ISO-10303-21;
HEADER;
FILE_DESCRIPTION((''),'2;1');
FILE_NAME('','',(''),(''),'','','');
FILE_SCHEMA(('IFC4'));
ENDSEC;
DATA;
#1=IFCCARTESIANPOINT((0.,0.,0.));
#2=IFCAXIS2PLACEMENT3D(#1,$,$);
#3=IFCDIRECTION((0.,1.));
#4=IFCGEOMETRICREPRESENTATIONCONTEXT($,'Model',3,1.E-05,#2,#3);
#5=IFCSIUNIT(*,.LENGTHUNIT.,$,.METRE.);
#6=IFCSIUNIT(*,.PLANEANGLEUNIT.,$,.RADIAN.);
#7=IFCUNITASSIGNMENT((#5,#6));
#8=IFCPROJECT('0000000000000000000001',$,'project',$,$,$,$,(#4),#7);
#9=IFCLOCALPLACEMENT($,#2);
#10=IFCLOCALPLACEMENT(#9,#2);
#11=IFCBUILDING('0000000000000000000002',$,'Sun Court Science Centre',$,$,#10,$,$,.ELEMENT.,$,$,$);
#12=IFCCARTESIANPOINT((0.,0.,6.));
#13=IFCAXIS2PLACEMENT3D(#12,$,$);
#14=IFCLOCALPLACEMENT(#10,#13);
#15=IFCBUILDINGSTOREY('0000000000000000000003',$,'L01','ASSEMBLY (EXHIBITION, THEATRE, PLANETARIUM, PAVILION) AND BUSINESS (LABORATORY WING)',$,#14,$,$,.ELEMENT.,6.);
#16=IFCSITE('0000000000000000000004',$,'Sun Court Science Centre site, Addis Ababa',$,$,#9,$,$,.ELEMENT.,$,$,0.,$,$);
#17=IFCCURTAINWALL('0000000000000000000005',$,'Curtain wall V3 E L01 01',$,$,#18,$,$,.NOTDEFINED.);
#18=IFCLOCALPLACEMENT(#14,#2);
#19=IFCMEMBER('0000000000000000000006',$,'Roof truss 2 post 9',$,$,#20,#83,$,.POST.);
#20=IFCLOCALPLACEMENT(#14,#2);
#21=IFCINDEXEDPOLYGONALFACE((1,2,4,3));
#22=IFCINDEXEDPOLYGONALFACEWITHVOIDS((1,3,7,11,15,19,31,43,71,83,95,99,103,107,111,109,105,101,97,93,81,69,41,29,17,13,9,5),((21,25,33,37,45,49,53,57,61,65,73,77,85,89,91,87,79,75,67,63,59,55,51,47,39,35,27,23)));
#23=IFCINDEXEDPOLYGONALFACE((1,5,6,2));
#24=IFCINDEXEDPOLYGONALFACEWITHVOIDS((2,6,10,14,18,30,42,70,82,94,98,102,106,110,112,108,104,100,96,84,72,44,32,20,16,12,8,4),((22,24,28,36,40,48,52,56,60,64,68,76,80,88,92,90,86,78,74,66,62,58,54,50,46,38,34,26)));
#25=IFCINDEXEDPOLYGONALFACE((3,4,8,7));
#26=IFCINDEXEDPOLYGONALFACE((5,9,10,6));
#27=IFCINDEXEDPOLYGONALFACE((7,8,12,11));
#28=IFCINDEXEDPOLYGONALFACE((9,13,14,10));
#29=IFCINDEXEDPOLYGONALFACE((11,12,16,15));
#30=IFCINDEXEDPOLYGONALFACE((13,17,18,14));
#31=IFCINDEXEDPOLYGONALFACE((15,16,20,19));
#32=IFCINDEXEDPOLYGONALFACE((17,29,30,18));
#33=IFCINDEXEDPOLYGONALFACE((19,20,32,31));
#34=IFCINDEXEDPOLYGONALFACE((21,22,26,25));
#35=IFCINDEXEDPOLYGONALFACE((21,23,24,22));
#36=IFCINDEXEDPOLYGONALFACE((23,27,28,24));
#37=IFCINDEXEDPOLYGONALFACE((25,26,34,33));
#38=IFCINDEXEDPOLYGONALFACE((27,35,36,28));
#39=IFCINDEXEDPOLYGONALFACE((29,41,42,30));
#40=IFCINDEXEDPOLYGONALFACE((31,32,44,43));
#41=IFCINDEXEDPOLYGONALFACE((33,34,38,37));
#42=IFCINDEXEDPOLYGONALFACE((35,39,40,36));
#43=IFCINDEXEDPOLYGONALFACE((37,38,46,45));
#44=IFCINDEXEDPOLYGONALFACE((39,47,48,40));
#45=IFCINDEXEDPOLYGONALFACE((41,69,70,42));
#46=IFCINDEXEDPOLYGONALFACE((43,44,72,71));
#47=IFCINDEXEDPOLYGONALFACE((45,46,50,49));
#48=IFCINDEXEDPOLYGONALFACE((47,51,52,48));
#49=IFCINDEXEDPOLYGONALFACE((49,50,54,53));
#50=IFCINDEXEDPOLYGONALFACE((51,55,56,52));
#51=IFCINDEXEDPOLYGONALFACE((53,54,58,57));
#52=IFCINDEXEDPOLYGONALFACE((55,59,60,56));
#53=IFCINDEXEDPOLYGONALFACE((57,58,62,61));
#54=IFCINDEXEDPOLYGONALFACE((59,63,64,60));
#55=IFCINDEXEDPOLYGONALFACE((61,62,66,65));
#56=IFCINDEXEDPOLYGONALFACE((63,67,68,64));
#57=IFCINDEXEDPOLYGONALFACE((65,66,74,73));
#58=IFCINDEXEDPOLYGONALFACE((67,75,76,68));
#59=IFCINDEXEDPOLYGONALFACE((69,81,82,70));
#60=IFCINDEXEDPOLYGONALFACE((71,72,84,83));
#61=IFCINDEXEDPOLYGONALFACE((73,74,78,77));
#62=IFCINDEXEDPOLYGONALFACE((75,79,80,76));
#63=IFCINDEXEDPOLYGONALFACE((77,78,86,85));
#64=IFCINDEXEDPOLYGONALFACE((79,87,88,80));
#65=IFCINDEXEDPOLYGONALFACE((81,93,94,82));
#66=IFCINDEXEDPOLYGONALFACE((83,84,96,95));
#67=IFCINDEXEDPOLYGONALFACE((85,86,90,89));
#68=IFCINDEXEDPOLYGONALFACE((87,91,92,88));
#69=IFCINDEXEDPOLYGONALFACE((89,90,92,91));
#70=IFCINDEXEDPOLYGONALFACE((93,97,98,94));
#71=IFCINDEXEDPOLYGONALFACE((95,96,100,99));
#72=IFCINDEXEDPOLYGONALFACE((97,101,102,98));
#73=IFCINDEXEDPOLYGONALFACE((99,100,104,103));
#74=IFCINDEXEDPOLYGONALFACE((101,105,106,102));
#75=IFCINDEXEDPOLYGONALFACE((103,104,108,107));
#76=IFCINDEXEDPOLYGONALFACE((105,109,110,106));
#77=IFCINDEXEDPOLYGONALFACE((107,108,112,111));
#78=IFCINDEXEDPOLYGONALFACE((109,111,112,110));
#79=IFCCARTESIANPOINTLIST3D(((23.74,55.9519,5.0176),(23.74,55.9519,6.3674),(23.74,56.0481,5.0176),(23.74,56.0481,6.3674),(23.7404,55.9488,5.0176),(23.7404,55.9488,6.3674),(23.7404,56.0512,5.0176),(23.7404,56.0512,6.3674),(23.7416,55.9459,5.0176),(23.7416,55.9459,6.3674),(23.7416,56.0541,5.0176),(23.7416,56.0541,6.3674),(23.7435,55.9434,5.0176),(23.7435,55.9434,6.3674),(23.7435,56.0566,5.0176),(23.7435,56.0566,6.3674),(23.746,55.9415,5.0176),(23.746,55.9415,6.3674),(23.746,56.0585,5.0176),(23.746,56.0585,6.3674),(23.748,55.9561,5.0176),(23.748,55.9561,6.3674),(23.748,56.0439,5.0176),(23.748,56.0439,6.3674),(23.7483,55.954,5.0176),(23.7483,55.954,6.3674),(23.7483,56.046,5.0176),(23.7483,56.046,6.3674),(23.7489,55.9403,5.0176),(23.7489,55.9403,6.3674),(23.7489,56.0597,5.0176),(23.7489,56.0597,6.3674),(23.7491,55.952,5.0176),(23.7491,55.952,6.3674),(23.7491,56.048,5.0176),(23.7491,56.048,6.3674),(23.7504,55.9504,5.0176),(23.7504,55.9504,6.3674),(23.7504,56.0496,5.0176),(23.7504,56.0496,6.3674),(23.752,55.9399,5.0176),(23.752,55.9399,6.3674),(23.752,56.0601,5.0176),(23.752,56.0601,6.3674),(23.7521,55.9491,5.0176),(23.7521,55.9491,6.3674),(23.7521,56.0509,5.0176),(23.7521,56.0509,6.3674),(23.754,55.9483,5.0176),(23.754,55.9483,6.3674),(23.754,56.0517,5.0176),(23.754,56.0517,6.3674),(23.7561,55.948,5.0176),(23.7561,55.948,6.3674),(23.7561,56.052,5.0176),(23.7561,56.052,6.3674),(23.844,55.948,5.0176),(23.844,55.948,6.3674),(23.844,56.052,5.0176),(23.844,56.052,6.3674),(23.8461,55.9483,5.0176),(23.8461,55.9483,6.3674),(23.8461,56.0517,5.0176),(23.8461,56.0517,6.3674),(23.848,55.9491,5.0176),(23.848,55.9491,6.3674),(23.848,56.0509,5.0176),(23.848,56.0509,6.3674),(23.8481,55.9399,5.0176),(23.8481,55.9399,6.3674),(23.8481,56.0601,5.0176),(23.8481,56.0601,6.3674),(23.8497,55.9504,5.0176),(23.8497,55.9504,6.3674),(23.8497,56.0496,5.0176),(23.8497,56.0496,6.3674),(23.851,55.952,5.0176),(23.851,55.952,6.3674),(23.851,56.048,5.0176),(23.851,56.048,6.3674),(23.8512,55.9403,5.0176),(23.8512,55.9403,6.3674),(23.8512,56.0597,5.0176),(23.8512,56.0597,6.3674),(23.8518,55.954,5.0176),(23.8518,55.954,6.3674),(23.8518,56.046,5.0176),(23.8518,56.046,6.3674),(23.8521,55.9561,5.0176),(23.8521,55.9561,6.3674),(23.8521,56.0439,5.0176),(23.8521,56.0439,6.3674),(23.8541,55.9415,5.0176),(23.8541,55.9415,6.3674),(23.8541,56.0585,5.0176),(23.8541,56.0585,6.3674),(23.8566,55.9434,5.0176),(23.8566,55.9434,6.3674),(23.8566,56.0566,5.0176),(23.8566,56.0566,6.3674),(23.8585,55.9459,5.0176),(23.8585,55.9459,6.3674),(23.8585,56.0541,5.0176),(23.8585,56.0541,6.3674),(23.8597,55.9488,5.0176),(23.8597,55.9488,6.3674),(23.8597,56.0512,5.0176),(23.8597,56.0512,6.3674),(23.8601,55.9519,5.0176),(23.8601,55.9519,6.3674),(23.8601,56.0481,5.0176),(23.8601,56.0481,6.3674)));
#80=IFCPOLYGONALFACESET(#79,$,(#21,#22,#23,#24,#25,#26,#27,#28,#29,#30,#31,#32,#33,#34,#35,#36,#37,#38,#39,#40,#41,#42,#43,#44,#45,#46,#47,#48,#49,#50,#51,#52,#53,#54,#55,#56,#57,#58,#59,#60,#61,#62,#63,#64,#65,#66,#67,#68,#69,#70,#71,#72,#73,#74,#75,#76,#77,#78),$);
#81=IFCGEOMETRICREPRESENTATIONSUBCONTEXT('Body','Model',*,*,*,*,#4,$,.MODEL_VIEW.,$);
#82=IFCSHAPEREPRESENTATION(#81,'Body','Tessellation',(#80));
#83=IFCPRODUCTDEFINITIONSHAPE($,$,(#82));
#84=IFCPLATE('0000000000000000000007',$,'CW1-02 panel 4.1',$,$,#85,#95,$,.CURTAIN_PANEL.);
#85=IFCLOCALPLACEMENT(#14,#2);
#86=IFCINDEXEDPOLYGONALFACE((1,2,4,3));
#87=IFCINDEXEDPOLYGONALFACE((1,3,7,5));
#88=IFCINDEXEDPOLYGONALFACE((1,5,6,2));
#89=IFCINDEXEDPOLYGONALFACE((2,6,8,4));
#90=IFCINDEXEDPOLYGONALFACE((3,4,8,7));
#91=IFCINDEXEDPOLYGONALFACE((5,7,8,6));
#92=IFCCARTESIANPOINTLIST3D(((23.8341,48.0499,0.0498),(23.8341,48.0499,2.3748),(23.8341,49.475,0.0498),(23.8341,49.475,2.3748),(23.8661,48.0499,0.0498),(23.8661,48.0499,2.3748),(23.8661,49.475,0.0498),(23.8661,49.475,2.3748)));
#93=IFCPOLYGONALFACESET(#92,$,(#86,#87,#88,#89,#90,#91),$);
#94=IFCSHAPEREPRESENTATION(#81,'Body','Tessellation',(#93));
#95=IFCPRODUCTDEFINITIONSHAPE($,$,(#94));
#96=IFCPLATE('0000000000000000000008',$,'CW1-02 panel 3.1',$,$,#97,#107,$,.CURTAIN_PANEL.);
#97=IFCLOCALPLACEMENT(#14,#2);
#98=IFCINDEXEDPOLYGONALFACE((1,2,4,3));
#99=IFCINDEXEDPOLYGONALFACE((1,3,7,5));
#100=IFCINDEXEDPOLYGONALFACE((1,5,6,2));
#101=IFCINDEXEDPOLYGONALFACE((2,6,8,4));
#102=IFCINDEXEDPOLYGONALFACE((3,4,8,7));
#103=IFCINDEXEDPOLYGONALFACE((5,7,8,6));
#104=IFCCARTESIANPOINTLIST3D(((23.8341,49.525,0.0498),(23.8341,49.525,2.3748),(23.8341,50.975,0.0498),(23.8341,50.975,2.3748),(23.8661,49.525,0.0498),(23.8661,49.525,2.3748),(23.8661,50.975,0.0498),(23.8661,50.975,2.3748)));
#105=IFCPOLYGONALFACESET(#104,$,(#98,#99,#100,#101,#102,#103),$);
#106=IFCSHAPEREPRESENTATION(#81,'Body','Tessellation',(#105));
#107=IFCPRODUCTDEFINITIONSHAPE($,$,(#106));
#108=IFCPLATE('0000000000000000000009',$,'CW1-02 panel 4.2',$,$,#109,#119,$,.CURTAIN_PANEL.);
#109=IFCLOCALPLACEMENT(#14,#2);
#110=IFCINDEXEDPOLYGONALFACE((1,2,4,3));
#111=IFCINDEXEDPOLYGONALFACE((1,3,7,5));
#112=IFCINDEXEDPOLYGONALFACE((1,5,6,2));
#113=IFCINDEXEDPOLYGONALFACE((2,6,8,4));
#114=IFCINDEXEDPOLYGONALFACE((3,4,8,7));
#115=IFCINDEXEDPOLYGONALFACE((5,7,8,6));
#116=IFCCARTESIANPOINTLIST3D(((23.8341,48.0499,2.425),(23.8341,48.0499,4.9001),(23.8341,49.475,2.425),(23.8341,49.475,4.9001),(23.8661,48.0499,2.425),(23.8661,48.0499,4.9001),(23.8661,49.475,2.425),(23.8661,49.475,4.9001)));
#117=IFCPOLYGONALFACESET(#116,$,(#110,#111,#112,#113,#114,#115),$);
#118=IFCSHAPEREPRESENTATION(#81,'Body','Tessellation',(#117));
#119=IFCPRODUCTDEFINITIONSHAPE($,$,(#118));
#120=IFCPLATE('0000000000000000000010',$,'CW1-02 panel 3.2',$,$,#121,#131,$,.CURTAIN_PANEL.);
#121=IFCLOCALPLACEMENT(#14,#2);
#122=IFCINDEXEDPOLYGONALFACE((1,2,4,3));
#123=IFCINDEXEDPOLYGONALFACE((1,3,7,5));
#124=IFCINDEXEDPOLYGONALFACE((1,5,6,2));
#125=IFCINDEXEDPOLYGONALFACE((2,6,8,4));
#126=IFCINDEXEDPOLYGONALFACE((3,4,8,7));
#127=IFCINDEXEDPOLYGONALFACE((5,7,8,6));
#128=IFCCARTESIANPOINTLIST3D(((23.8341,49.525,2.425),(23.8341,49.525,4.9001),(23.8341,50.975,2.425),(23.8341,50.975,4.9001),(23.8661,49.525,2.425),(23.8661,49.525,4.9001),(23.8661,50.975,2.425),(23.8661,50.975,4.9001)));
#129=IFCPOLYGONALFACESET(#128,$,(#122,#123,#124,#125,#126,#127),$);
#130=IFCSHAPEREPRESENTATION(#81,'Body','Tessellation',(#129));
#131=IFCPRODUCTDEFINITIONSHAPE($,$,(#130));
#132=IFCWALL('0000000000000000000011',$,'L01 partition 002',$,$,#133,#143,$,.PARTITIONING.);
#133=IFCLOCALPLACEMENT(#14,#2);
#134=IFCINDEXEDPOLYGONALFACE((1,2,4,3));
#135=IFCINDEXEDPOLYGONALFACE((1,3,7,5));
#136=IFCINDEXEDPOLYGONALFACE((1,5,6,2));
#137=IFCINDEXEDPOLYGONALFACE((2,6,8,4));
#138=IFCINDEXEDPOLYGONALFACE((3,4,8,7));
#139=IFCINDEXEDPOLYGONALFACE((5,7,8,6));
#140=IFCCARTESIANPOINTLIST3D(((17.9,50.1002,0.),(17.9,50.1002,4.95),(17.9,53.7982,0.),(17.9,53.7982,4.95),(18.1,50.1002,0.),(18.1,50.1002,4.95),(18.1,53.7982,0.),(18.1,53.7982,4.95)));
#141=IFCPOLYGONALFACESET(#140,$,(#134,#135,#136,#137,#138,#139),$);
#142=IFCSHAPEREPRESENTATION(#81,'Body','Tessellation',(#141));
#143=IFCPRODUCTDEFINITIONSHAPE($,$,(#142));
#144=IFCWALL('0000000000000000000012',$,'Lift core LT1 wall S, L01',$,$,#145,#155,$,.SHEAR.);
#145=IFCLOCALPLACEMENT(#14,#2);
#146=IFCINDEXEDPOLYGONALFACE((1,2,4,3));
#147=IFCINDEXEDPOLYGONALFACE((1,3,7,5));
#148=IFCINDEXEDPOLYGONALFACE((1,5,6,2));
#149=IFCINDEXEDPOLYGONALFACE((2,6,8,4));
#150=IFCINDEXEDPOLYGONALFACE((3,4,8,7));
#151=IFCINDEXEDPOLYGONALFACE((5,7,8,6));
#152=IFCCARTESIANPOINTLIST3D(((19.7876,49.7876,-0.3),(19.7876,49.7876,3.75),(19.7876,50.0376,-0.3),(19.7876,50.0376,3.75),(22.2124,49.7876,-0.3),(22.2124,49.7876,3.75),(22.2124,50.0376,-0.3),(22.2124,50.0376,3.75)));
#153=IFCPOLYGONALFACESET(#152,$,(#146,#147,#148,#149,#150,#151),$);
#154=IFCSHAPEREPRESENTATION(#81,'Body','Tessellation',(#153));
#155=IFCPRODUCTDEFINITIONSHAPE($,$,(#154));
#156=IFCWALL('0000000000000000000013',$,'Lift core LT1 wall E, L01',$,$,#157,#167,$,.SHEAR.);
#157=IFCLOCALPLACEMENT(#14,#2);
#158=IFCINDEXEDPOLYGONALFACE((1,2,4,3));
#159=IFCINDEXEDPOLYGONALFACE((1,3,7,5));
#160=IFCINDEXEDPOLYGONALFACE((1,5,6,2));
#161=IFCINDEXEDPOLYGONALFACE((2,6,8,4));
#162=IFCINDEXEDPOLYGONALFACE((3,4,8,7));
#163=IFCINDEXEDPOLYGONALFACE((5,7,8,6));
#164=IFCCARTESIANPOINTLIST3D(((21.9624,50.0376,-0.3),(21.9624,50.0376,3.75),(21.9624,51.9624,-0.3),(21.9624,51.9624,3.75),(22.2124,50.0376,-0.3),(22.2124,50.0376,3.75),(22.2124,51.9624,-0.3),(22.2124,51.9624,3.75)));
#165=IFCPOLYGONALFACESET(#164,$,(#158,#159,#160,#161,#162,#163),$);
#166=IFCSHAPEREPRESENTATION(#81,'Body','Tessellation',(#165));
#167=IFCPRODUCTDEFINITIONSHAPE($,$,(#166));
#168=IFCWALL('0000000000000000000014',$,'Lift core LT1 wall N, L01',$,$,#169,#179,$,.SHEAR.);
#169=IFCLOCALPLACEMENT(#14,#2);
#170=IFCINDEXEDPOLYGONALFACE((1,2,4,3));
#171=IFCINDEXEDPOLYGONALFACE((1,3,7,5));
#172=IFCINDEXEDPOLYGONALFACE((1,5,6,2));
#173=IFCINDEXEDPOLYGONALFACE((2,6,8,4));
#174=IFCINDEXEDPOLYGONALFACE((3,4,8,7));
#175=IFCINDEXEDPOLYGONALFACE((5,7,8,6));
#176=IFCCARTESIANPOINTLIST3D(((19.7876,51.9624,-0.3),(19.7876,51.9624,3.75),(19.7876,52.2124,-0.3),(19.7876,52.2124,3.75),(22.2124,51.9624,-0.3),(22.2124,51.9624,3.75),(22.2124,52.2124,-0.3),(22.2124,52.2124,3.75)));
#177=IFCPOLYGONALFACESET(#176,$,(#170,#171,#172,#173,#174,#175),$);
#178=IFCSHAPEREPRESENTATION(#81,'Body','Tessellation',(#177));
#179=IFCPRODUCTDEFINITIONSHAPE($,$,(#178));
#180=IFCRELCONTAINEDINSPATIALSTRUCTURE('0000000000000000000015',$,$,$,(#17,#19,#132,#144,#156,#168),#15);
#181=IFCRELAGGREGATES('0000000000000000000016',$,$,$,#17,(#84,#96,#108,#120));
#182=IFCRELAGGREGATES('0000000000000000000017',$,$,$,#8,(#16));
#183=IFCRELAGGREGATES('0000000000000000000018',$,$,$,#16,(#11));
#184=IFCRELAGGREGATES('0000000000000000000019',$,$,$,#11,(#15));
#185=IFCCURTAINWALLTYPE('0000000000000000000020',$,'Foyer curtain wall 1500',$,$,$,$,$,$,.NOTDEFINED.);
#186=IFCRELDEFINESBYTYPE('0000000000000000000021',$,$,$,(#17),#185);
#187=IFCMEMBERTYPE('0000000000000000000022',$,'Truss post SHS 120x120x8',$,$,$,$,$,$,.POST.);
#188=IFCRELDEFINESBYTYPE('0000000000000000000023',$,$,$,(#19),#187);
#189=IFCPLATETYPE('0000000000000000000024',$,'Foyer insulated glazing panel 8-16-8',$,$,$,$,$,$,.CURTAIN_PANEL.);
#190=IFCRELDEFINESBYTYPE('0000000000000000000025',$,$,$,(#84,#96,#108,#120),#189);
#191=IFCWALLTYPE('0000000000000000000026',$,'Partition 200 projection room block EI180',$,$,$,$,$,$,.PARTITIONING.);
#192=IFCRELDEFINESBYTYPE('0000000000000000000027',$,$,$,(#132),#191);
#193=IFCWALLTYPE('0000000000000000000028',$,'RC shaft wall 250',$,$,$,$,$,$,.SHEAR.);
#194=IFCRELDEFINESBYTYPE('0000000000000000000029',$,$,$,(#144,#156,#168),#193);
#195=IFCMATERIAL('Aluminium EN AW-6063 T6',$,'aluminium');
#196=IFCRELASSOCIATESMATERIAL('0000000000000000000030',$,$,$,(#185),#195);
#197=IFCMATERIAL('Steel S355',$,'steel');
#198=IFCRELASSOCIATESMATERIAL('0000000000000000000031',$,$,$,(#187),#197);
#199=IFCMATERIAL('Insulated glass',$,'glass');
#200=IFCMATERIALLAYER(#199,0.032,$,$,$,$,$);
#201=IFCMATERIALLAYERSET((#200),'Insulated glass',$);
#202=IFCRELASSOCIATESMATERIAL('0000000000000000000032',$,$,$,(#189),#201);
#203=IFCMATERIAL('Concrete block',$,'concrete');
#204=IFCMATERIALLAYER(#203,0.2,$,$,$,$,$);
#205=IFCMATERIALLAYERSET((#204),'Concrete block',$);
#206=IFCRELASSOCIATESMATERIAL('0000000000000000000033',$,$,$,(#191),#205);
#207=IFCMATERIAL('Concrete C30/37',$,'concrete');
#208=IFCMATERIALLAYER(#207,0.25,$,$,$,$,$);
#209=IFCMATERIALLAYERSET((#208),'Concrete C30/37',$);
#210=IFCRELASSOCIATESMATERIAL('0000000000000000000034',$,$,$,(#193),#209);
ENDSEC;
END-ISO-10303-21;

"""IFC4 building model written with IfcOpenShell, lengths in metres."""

from ifc_helpers import new_model, si_unit, direction, frame, frame_2d, origin, origin_2d, place, context, subcontext, project, spatial, rectangle, hollow_rectangle, extrude, material, layer, layer_set, material_profile, profile_set, type_object, element, aggregate, save


model = new_model("IFC4")

# Units and contexts
model_context = context("Model", 3, precision=1e-05, world=origin(), true_north=direction((0.0, 1.0)))
body_context = subcontext(model_context, "Body", "Model", "MODEL_VIEW")
ifc_project = project(units=[si_unit("LENGTHUNIT", "METRE"), si_unit("PLANEANGLEUNIT", "RADIAN")], contexts=[model_context])

# Site, building, storey
site_placement = place(None, origin())
site = spatial("IfcSite", under=ifc_project, at=site_placement, Name="Sun Court Science Centre site, Addis Ababa", CompositionType="ELEMENT", RefElevation=0.0)
building_placement = place(site_placement, origin())
building = spatial("IfcBuilding", under=site, at=building_placement, Name="Sun Court Science Centre", CompositionType="ELEMENT")
storey_placement = place(building_placement, frame((0.0, 0.0, 6.0)))
storey = spatial("IfcBuildingStorey", under=building, at=storey_placement, Name="L01", Description="ASSEMBLY (EXHIBITION, THEATRE, PLANETARIUM, PAVILION) AND BUSINESS (LABORATORY WING)", CompositionType="ELEMENT", Elevation=6.0)

# Curtain wall
ifc_material_1 = material(Name="Aluminium EN AW-6063 T6", Category="aluminium")
curtain_wall_type = type_object("IfcCurtainWallType", Name="Foyer curtain wall 1500", PredefinedType="NOTDEFINED", material=ifc_material_1)
curtain_wall_placement = place(storey_placement, origin())
curtain_wall = element("IfcCurtainWall", 1, at=curtain_wall_placement, inside=storey, type_object=curtain_wall_type, Name="Curtain wall V3 E L01 01", PredefinedType="NOTDEFINED")

# Member
ifc_material_2 = material(Name="Steel S355", Category="steel")
ifc_material_profile_1 = material_profile(ifc_material_2, hollow_rectangle(XDim=0.1201, YDim=0.1201, WallThickness=0.0081, InnerFilletRadius=0.0081, OuterFilletRadius=0.012, at=origin_2d()), Name="SHS 120x120x8")
ifc_profile_set_1 = profile_set([ifc_material_profile_1], Name="Steel S355")
member_type_1 = type_object("IfcMemberType", Name="Truss post SHS 120x120x8", PredefinedType="POST", material=ifc_profile_set_1)
member_1_placement = place(storey_placement, frame((23.8, 56.0, 5.0176), z_axis=(0.0, 0.0, 1.0), x_axis=(1.0, 0.0, 0.0)))
element("IfcMember", 2, at=member_1_placement, inside=storey, type_object=member_type_1, Name="Roof truss 2 post 9", PredefinedType="POST", context=body_context, shape_type="SweptSolid", body=[
    extrude(hollow_rectangle(XDim=0.1201, YDim=0.1201, WallThickness=0.0081, InnerFilletRadius=0.0081, OuterFilletRadius=0.012, at=origin_2d()), origin(), (0.0, 0.0, 1.0), 1.3499),
])

# Plates
ifc_material_3 = material(Name="Insulated glass", Category="glass")
ifc_layer_1 = layer(ifc_material_3, 0.032)
ifc_layer_set_1 = layer_set([ifc_layer_1], Name="Insulated glass")
plate_type = type_object("IfcPlateType", Name="Foyer insulated glazing panel 8-16-8", PredefinedType="CURTAIN_PANEL", material=ifc_layer_set_1)
plate_1_placement = place(storey_placement, frame((23.8501, 48.7625, 0.0498), z_axis=(0.0, 0.0, 1.0), x_axis=(0.0, -1.0, 0.0)))
plate_1 = element("IfcPlate", 3, at=plate_1_placement, type_object=plate_type, Name="CW1-02 panel 4.1", PredefinedType="CURTAIN_PANEL", context=body_context, shape_type="SweptSolid", body=[
    extrude(rectangle(XDim=1.425, YDim=0.032, at=origin_2d()), origin(), (0.0, 0.0, 1.0), 2.325),
])
plate_2_placement = place(storey_placement, frame((23.8501, 50.25, 0.0498), z_axis=(0.0, 0.0, 1.0), x_axis=(0.0, -1.0, 0.0)))
plate_2 = element("IfcPlate", 4, at=plate_2_placement, type_object=plate_type, Name="CW1-02 panel 3.1", PredefinedType="CURTAIN_PANEL", context=body_context, shape_type="SweptSolid", body=[
    extrude(rectangle(XDim=1.45, YDim=0.032, at=origin_2d()), origin(), (0.0, 0.0, 1.0), 2.325),
])
plate_3_placement = place(storey_placement, frame((23.8501, 48.7625, 2.425), z_axis=(0.0, 0.0, 1.0), x_axis=(0.0, -1.0, 0.0)))
plate_3 = element("IfcPlate", 5, at=plate_3_placement, type_object=plate_type, Name="CW1-02 panel 4.2", PredefinedType="CURTAIN_PANEL", context=body_context, shape_type="SweptSolid", body=[
    extrude(rectangle(XDim=1.425, YDim=0.032, at=origin_2d()), origin(), (0.0, 0.0, 1.0), 2.4751),
])
plate_4_placement = place(storey_placement, frame((23.8501, 50.25, 2.425), z_axis=(0.0, 0.0, 1.0), x_axis=(0.0, -1.0, 0.0)))
plate_4 = element("IfcPlate", 6, at=plate_4_placement, type_object=plate_type, Name="CW1-02 panel 3.2", PredefinedType="CURTAIN_PANEL", context=body_context, shape_type="SweptSolid", body=[
    extrude(rectangle(XDim=1.45, YDim=0.032, at=origin_2d()), origin(), (0.0, 0.0, 1.0), 2.4751),
])
aggregate(curtain_wall, [plate_1, plate_2, plate_3, plate_4])

# Walls
ifc_material_4 = material(Name="Concrete block", Category="concrete")
ifc_layer_2 = layer(ifc_material_4, 0.2)
ifc_layer_set_2 = layer_set([ifc_layer_2], Name="Concrete block")
wall_type_1 = type_object("IfcWallType", Name="Partition 200 projection room block EI180", PredefinedType="PARTITIONING", material=ifc_layer_set_2)
wall_1_placement = place(storey_placement, frame((18.0, 50.1001, 0.0), z_axis=(0.0, 0.0, 1.0), x_axis=(0.0, 1.0, 0.0)))
element("IfcWall", 7, at=wall_1_placement, inside=storey, type_object=wall_type_1, Name="L01 partition 002", PredefinedType="PARTITIONING", context=body_context, shape_type="SweptSolid", body=[
    extrude(rectangle(XDim=3.698, YDim=0.2, at=frame_2d((1.8491, 0.0))), origin(), (0.0, 0.0, 1.0), 4.95),
])
ifc_material_5 = material(Name="Concrete C30/37", Category="concrete")
ifc_layer_3 = layer(ifc_material_5, 0.25)
ifc_layer_set_3 = layer_set([ifc_layer_3], Name="Concrete C30/37")
wall_type_2 = type_object("IfcWallType", Name="RC shaft wall 250", PredefinedType="SHEAR", material=ifc_layer_set_3)
wall_2_placement = place(storey_placement, frame((19.7876, 49.9126, -0.3), z_axis=(0.0, 0.0, 1.0), x_axis=(1.0, 0.0, 0.0)))
element("IfcWall", 8, at=wall_2_placement, inside=storey, type_object=wall_type_2, Name="Lift core LT1 wall S, L01", PredefinedType="SHEAR", context=body_context, shape_type="SweptSolid", body=[
    extrude(rectangle(XDim=2.4248, YDim=0.25, at=frame_2d((1.2124, 0.0))), origin(), (0.0, 0.0, 1.0), 4.05),
])
wall_3_placement = place(storey_placement, frame((22.0874, 50.0376, -0.3), z_axis=(0.0, 0.0, 1.0), x_axis=(0.0, 1.0, 0.0)))
element("IfcWall", 9, at=wall_3_placement, inside=storey, type_object=wall_type_2, Name="Lift core LT1 wall E, L01", PredefinedType="SHEAR", context=body_context, shape_type="SweptSolid", body=[
    extrude(rectangle(XDim=1.9248, YDim=0.25, at=frame_2d((0.9624, 0.0))), origin(), (0.0, 0.0, 1.0), 4.05),
])
wall_4_placement = place(storey_placement, frame((19.7876, 52.0874, -0.3), z_axis=(0.0, 0.0, 1.0), x_axis=(1.0, 0.0, 0.0)))
element("IfcWall", 10, at=wall_4_placement, inside=storey, type_object=wall_type_2, Name="Lift core LT1 wall N, L01", PredefinedType="SHEAR", context=body_context, shape_type="SweptSolid", body=[
    extrude(rectangle(XDim=2.4248, YDim=0.25, at=frame_2d((1.2124, 0.0))), origin(), (0.0, 0.0, 1.0), 4.05),
])

save(model, "model.ifc")
